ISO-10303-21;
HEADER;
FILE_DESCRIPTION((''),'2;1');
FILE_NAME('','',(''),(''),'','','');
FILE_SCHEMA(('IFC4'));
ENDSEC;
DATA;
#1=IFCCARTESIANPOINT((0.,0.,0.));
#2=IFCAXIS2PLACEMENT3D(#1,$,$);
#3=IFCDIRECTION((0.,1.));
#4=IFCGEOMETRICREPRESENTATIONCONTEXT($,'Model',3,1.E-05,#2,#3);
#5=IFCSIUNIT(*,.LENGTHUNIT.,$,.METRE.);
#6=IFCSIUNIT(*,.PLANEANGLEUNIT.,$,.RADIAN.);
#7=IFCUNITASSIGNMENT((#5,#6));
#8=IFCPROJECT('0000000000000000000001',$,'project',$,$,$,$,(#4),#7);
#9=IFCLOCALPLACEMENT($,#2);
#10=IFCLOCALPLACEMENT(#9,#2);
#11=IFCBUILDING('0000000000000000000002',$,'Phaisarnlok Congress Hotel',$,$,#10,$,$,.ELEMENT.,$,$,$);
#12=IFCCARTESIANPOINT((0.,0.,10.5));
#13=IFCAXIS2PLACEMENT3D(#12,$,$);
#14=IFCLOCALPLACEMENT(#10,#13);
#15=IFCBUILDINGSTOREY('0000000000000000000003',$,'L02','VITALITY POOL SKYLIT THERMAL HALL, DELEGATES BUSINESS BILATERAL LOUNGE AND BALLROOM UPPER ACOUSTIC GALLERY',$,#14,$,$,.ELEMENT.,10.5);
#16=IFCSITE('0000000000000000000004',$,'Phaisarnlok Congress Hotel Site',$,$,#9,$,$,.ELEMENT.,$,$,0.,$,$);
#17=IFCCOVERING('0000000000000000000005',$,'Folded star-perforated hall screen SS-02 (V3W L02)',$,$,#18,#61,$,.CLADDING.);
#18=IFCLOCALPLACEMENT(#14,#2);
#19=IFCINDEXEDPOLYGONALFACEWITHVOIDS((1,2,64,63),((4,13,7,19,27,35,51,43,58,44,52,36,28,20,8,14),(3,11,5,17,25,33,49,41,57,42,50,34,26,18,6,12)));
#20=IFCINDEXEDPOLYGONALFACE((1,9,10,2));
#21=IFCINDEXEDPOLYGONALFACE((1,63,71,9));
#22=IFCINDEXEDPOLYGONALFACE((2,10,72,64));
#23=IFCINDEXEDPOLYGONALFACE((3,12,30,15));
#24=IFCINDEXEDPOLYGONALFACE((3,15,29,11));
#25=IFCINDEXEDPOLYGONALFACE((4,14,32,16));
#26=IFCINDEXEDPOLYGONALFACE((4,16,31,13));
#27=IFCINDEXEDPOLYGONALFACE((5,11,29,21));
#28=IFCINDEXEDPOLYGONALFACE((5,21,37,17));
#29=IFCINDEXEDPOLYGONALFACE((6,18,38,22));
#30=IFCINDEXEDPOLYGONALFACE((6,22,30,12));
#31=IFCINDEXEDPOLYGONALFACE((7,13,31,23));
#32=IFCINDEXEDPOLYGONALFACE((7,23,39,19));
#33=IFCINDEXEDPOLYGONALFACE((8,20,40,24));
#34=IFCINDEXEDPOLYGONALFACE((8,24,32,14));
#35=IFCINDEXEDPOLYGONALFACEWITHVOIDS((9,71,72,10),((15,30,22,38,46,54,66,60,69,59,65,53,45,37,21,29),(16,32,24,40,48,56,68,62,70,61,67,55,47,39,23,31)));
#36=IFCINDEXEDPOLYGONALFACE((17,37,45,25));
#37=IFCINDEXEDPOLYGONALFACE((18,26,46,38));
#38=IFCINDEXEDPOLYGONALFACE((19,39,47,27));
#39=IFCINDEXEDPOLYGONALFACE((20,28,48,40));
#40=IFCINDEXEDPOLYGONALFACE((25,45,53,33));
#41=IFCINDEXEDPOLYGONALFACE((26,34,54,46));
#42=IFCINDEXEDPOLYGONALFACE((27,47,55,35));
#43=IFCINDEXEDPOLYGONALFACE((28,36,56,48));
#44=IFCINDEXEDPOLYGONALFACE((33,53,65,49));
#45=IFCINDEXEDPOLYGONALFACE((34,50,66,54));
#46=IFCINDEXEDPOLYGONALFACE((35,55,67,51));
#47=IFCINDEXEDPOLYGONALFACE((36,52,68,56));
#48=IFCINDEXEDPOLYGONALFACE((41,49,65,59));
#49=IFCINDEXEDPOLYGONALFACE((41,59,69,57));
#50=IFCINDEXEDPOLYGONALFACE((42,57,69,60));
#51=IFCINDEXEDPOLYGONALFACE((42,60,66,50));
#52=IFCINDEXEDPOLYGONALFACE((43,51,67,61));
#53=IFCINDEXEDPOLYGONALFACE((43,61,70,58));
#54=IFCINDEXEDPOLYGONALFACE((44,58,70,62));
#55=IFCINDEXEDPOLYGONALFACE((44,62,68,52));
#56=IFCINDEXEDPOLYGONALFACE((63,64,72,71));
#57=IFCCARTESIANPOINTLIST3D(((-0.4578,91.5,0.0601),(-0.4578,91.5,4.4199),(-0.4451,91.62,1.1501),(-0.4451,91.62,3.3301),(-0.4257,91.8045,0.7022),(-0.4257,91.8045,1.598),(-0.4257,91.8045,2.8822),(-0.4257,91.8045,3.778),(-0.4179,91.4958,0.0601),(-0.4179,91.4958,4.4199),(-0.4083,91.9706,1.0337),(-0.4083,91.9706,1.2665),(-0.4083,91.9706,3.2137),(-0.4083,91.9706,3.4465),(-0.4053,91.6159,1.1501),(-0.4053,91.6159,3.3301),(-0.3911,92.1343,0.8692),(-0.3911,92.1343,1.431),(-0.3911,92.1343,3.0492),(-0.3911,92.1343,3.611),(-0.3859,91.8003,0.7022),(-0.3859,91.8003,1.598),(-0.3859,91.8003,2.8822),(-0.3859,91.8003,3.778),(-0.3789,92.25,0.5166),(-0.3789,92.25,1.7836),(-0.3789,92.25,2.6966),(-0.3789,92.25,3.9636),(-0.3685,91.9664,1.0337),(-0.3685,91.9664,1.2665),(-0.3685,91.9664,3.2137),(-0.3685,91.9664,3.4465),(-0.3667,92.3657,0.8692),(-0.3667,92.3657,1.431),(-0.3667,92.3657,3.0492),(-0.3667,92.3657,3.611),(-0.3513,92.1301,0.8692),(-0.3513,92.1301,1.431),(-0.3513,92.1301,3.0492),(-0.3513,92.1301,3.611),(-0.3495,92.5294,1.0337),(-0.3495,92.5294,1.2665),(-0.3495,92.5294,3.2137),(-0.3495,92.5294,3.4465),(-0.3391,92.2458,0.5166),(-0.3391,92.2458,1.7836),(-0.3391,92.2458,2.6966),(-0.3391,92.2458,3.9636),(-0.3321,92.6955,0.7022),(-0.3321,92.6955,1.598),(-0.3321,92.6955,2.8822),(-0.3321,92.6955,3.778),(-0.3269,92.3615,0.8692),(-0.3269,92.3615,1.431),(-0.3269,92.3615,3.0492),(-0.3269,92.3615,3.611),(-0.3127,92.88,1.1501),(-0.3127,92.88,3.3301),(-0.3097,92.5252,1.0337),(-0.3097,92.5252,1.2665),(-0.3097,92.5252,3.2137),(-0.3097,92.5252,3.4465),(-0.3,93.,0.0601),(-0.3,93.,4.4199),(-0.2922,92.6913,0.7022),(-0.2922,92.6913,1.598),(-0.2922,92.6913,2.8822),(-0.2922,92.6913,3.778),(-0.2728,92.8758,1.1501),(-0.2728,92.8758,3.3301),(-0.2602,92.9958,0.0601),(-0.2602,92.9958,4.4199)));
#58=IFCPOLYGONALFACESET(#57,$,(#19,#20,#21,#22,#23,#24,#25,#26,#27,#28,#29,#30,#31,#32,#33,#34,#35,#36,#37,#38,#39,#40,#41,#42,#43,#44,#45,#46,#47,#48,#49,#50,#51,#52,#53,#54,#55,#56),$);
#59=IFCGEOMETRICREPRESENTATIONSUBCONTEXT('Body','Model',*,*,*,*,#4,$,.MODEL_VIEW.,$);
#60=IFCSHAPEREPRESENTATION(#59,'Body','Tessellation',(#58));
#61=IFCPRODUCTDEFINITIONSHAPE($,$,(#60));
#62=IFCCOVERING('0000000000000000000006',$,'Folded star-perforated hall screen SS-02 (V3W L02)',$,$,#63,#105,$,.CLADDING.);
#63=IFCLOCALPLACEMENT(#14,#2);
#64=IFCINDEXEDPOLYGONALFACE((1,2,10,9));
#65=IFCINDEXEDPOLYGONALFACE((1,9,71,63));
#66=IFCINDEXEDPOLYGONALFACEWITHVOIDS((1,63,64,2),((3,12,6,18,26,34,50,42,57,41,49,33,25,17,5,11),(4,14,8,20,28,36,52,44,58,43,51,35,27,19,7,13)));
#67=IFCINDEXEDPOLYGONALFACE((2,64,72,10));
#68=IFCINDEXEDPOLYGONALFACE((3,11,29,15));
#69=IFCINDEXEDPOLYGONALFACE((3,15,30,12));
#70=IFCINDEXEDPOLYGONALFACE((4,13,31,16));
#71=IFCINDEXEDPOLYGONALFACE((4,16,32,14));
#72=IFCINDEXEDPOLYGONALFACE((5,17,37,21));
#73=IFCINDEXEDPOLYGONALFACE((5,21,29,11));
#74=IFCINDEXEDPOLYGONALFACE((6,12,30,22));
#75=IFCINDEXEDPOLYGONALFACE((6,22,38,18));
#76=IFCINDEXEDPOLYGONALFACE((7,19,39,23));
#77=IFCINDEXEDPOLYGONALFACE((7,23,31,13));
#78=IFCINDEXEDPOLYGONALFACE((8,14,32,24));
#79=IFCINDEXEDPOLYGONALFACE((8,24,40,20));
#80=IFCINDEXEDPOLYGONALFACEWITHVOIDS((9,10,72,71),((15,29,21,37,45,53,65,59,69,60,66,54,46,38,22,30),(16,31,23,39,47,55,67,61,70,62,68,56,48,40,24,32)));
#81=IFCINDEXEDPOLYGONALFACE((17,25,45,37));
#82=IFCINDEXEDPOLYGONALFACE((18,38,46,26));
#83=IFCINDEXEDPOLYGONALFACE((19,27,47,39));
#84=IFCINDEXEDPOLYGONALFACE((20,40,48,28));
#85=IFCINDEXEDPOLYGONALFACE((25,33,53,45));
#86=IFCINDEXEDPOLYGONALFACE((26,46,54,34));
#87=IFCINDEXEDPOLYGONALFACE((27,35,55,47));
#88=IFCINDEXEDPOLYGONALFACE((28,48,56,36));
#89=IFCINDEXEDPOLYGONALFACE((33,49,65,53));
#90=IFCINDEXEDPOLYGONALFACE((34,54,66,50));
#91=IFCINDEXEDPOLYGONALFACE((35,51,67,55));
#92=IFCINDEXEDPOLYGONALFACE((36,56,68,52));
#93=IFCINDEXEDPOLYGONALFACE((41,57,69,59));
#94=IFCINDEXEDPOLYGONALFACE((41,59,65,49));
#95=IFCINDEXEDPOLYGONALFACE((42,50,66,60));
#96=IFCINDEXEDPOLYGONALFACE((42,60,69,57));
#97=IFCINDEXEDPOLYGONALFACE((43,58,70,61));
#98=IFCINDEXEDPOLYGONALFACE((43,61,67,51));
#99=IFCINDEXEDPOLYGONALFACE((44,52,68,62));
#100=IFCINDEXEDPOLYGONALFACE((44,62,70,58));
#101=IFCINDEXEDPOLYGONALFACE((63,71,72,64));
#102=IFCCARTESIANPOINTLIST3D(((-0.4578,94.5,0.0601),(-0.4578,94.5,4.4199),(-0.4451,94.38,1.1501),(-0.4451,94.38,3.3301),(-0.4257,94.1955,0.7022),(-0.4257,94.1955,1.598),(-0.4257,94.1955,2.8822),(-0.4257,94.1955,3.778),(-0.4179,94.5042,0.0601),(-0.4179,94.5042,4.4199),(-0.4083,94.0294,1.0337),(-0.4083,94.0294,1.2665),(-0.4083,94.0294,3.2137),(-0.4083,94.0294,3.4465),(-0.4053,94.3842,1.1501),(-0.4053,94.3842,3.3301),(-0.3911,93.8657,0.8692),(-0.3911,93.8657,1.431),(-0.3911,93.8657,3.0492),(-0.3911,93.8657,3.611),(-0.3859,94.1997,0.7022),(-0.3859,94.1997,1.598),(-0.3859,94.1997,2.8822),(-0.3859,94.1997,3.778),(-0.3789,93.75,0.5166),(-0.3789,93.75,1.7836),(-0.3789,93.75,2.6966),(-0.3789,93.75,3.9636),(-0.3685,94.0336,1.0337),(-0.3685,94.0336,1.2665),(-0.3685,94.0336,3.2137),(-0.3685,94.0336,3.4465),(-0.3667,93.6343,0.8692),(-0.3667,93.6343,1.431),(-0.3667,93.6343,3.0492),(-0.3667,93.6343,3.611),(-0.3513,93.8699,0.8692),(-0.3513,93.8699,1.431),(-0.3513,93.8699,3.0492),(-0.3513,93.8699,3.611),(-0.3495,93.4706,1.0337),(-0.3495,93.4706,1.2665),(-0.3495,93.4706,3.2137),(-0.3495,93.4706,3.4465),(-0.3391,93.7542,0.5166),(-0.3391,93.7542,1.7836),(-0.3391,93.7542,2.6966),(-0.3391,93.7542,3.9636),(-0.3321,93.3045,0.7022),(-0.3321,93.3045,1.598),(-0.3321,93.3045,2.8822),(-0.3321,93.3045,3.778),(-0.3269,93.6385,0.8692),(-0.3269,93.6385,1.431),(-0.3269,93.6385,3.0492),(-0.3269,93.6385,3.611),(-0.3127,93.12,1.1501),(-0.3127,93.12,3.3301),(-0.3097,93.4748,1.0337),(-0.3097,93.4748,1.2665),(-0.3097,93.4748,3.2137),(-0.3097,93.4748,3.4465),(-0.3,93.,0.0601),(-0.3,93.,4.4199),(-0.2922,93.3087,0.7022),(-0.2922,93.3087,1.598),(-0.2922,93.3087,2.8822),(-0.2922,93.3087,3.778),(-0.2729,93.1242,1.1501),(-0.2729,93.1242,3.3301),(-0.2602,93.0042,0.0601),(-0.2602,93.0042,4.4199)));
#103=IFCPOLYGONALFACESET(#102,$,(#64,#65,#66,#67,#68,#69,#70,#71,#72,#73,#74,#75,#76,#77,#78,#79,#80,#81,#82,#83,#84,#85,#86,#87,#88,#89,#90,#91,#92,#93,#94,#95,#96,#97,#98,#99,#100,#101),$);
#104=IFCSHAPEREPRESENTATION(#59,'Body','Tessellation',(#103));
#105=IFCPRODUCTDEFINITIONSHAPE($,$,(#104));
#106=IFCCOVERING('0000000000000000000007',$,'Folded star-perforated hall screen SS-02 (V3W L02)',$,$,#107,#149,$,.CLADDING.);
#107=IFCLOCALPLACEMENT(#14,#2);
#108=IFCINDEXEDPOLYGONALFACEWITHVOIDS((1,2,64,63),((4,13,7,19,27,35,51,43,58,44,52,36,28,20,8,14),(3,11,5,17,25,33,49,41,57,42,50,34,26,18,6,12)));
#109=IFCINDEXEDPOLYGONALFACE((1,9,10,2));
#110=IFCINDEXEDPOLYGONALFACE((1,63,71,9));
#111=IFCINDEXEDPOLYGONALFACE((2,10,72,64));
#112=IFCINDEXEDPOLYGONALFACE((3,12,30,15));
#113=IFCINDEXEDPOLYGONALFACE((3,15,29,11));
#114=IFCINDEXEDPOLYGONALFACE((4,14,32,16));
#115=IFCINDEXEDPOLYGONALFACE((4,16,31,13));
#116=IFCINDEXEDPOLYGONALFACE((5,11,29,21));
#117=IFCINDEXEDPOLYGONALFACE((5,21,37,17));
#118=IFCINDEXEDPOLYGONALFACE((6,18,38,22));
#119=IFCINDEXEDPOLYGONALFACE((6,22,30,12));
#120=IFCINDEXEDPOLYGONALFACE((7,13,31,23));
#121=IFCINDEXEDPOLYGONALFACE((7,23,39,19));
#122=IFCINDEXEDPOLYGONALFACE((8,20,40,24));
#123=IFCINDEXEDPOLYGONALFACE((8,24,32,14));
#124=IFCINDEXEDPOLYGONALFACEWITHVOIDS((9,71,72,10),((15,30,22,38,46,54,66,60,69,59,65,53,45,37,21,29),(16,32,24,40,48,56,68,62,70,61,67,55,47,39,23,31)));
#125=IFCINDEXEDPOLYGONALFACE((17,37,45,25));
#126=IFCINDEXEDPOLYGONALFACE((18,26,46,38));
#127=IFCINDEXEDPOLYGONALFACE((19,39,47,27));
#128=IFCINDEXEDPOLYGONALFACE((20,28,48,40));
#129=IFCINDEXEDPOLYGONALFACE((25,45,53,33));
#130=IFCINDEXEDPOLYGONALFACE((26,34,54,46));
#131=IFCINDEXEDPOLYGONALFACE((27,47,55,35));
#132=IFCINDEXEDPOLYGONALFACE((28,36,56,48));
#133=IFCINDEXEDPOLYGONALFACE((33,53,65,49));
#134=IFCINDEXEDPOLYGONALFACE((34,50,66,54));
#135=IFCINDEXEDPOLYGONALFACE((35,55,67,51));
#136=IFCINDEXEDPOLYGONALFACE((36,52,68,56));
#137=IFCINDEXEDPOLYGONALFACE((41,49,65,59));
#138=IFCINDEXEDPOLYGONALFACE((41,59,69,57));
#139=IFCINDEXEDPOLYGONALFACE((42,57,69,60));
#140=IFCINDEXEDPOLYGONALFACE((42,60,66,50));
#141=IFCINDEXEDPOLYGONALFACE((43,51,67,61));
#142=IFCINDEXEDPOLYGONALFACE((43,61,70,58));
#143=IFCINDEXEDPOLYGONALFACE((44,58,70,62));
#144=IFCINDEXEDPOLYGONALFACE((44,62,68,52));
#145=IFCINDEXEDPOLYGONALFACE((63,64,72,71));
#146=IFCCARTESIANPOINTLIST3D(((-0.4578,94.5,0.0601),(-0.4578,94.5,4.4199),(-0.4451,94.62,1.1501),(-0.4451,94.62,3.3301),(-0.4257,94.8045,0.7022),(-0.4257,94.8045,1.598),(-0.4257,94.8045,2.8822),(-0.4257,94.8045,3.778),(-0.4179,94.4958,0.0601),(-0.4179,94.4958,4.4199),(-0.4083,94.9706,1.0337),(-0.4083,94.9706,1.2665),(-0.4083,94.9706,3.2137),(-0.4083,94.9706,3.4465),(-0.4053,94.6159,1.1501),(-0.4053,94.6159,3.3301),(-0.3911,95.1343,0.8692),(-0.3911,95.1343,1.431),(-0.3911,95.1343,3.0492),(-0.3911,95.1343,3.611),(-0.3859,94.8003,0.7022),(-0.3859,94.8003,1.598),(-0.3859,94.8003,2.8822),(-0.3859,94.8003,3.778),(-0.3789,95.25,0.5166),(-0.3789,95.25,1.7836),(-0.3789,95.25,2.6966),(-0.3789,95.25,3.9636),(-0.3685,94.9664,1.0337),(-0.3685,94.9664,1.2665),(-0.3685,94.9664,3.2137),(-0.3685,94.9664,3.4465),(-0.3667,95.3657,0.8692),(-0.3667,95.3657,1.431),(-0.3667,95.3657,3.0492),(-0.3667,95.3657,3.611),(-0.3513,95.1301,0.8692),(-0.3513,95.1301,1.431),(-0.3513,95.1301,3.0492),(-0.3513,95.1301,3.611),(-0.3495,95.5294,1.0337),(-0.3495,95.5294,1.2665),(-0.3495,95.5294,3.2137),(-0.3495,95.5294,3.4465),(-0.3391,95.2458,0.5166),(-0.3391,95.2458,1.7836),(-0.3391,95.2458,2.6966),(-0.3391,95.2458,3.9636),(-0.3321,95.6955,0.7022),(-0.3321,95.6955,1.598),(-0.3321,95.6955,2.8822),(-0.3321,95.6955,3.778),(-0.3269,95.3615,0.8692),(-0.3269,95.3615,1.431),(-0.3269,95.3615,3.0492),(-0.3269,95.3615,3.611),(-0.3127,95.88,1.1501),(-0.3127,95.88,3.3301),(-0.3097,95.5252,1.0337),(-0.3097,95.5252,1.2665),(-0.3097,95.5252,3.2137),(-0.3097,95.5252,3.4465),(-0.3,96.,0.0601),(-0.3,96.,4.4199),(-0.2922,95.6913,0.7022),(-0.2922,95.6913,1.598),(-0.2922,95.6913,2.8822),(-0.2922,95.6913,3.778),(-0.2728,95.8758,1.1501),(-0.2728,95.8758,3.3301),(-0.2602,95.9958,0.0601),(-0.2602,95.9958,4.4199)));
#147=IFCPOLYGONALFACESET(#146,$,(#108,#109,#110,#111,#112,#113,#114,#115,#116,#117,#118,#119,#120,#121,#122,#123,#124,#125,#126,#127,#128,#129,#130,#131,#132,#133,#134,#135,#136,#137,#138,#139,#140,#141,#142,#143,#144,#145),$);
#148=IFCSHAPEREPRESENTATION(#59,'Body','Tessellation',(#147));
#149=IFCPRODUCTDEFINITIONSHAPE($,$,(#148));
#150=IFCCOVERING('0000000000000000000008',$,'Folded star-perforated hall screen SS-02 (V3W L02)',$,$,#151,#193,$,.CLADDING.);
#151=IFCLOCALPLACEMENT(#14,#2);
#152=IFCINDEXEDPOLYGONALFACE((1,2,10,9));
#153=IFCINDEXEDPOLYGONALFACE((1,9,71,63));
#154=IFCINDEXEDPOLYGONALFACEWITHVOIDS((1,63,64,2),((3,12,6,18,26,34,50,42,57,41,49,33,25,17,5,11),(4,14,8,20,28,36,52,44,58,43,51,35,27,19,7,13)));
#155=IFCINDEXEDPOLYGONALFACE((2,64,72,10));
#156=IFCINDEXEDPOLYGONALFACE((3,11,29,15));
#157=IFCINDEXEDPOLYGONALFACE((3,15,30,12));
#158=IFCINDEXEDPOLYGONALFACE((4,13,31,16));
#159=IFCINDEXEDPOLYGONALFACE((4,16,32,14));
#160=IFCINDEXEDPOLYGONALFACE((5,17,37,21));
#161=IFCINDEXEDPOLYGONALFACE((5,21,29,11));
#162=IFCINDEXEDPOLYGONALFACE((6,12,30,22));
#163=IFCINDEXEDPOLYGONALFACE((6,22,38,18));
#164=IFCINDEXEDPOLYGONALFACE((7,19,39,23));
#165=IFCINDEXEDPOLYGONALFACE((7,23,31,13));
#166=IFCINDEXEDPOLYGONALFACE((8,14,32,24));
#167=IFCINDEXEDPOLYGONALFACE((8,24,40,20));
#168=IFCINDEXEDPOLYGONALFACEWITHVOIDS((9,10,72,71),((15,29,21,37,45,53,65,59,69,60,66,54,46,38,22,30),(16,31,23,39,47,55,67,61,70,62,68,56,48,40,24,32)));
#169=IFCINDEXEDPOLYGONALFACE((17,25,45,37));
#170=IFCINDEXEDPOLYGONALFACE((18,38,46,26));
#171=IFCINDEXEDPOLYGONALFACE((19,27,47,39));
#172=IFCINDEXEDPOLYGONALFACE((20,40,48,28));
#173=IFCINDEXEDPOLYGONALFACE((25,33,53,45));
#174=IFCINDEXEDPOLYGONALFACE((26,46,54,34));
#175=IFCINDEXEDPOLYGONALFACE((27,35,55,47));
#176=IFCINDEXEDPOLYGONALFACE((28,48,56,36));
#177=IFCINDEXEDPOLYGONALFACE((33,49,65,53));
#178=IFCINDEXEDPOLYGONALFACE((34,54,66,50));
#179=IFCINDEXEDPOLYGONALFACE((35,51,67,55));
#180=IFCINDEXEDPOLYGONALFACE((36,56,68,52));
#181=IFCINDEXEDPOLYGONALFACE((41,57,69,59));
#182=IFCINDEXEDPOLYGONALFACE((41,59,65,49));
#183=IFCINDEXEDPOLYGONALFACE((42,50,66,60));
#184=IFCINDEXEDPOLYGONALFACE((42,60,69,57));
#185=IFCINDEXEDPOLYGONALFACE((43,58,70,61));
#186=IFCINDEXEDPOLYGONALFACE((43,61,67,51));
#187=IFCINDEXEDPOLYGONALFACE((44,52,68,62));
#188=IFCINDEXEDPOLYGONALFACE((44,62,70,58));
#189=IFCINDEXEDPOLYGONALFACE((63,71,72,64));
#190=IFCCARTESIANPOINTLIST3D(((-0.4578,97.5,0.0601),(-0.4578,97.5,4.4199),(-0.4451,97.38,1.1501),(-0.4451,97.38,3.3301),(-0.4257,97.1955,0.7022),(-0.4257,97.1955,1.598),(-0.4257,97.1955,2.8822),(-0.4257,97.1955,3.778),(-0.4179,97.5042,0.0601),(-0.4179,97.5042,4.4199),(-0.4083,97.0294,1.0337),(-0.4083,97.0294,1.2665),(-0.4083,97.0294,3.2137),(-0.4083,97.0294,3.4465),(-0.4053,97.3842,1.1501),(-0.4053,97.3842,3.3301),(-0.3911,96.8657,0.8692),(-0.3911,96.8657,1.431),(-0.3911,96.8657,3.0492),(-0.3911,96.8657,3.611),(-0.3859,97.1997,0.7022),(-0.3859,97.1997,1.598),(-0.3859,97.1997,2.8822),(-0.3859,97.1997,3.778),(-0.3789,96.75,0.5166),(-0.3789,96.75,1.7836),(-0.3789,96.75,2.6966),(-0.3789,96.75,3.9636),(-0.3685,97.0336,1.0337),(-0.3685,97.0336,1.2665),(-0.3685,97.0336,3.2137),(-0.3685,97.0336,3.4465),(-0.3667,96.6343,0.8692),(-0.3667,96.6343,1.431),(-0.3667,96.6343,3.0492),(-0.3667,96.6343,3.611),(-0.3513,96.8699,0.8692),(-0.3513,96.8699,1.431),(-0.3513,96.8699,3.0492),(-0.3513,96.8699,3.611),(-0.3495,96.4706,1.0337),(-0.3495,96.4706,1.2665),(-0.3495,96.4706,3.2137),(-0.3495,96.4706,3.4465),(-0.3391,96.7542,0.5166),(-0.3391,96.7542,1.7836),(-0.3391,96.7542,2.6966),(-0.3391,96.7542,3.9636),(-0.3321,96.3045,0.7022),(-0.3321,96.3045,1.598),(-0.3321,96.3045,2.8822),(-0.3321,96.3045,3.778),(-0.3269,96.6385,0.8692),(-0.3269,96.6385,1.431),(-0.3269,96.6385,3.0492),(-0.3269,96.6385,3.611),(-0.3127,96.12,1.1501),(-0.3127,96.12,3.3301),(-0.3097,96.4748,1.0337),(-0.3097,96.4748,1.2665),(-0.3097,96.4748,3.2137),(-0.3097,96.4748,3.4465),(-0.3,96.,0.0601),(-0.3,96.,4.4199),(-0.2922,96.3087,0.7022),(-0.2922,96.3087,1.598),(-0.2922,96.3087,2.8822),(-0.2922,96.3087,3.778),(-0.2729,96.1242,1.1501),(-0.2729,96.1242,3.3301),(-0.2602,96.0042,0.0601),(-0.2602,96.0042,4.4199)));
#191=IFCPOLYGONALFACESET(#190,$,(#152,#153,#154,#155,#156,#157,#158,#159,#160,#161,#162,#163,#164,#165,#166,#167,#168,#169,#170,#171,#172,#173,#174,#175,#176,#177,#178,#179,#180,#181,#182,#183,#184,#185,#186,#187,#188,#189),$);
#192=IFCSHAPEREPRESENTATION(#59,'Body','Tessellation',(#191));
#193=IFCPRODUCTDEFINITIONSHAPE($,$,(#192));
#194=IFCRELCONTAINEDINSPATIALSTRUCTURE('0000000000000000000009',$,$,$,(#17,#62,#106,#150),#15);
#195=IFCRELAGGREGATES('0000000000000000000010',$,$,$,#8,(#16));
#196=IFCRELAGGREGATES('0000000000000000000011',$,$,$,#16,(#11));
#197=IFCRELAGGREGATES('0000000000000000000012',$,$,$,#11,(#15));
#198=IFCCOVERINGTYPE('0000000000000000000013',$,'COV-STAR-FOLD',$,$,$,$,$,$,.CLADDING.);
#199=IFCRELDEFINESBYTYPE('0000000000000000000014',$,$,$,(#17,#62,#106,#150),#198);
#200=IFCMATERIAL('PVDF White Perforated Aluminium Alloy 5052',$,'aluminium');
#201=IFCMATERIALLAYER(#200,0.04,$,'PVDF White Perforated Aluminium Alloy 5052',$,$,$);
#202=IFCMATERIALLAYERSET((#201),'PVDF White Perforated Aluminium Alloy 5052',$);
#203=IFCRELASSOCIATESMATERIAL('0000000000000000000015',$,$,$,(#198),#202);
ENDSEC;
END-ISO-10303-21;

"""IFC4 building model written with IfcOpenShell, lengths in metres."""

from ifc_helpers import new_model, si_unit, direction, frame, origin, place, context, subcontext, project, spatial, polyline, outline, extrude, material, layer, layer_set, type_object, element, save


model = new_model("IFC4")

# Units and contexts
model_context = context("Model", 3, precision=1e-05, world=origin(), true_north=direction((0.0, 1.0)))
body_context = subcontext(model_context, "Body", "Model", "MODEL_VIEW")
ifc_project = project(units=[si_unit("LENGTHUNIT", "METRE"), si_unit("PLANEANGLEUNIT", "RADIAN")], contexts=[model_context])

# Site, building, storey
site_placement = place(None, origin())
site = spatial("IfcSite", under=ifc_project, at=site_placement, Name="Phaisarnlok Congress Hotel Site", CompositionType="ELEMENT", RefElevation=0.0)
building_placement = place(site_placement, origin())
building = spatial("IfcBuilding", under=site, at=building_placement, Name="Phaisarnlok Congress Hotel", CompositionType="ELEMENT")
storey_placement = place(building_placement, frame((0.0, 0.0, 10.5)))
storey = spatial("IfcBuildingStorey", under=building, at=storey_placement, Name="L02", Description="VITALITY POOL SKYLIT THERMAL HALL, DELEGATES BUSINESS BILATERAL LOUNGE AND BALLROOM UPPER ACOUSTIC GALLERY", CompositionType="ELEMENT", Elevation=10.5)

# Coverings
ifc_material_1 = material(Name="PVDF White Perforated Aluminium Alloy 5052", Category="aluminium")
ifc_layer = layer(ifc_material_1, 0.04, Name="PVDF White Perforated Aluminium Alloy 5052")
ifc_layer_set = layer_set([ifc_layer], Name="PVDF White Perforated Aluminium Alloy 5052")
covering_type = type_object("IfcCoveringType", Name="COV-STAR-FOLD", PredefinedType="CLADDING", material=ifc_layer_set)
for number, where, z_axis, x_axis, name in (
    (1, (-0.4578, 91.5, 0.0601), (0.994518, -0.104567, 0.0), (0.104567, 0.994518, 0.0), "Folded star-perforated hall screen SS-02 (V3W L02)"),
    (2, (-0.3, 93.0, 0.0601), (0.994518, 0.104567, 0.0), (-0.104567, 0.994518, 0.0), "Folded star-perforated hall screen SS-02 (V3W L02)"),
    (3, (-0.4578, 94.5, 0.0601), (0.994518, -0.104567, 0.0), (0.104567, 0.994518, 0.0), "Folded star-perforated hall screen SS-02 (V3W L02)"),
    (4, (-0.3, 96.0, 0.0601), (0.994518, 0.104567, 0.0), (-0.104567, 0.994518, 0.0), "Folded star-perforated hall screen SS-02 (V3W L02)"),
):
    element("IfcCovering", number, at=place(storey_placement, frame(where, z_axis=z_axis, x_axis=x_axis)), inside=storey, type_object=covering_type, Name=name, PredefinedType="CLADDING", context=body_context, shape_type="SweptSolid", body=[
        extrude(outline(polyline([(0.0, 0.0), (1.5083, 0.0), (1.5083, 4.3599), (0.0, 4.3599), (0.0, 0.0)]), holes=[polyline([(1.0351, 0.9736), (1.2021, 0.6421), (0.8705, 0.8091), (0.7541, 0.4565), (0.6378, 0.8091), (0.3062, 0.6421), (0.4732, 0.9736), (0.1207, 1.09), (0.4732, 1.2064), (0.3062, 1.5379), (0.6378, 1.3709), (0.7541, 1.7235), (0.8705, 1.3709), (1.2021, 1.5379), (1.0351, 1.2064), (1.3876, 1.09), (1.0351, 0.9736)]), polyline([(1.0351, 3.1536), (1.2021, 2.8221), (0.8705, 2.9891), (0.7541, 2.6365), (0.6378, 2.9891), (0.3062, 2.8221), (0.4732, 3.1536), (0.1207, 3.27), (0.4732, 3.3864), (0.3062, 3.7179), (0.6378, 3.5509), (0.7541, 3.9035), (0.8705, 3.5509), (1.2021, 3.7179), (1.0351, 3.3864), (1.3876, 3.27), (1.0351, 3.1536)])]), origin(), (0.0, 0.0, 1.0), 0.04),
    ])

save(model, "model.ifc")
